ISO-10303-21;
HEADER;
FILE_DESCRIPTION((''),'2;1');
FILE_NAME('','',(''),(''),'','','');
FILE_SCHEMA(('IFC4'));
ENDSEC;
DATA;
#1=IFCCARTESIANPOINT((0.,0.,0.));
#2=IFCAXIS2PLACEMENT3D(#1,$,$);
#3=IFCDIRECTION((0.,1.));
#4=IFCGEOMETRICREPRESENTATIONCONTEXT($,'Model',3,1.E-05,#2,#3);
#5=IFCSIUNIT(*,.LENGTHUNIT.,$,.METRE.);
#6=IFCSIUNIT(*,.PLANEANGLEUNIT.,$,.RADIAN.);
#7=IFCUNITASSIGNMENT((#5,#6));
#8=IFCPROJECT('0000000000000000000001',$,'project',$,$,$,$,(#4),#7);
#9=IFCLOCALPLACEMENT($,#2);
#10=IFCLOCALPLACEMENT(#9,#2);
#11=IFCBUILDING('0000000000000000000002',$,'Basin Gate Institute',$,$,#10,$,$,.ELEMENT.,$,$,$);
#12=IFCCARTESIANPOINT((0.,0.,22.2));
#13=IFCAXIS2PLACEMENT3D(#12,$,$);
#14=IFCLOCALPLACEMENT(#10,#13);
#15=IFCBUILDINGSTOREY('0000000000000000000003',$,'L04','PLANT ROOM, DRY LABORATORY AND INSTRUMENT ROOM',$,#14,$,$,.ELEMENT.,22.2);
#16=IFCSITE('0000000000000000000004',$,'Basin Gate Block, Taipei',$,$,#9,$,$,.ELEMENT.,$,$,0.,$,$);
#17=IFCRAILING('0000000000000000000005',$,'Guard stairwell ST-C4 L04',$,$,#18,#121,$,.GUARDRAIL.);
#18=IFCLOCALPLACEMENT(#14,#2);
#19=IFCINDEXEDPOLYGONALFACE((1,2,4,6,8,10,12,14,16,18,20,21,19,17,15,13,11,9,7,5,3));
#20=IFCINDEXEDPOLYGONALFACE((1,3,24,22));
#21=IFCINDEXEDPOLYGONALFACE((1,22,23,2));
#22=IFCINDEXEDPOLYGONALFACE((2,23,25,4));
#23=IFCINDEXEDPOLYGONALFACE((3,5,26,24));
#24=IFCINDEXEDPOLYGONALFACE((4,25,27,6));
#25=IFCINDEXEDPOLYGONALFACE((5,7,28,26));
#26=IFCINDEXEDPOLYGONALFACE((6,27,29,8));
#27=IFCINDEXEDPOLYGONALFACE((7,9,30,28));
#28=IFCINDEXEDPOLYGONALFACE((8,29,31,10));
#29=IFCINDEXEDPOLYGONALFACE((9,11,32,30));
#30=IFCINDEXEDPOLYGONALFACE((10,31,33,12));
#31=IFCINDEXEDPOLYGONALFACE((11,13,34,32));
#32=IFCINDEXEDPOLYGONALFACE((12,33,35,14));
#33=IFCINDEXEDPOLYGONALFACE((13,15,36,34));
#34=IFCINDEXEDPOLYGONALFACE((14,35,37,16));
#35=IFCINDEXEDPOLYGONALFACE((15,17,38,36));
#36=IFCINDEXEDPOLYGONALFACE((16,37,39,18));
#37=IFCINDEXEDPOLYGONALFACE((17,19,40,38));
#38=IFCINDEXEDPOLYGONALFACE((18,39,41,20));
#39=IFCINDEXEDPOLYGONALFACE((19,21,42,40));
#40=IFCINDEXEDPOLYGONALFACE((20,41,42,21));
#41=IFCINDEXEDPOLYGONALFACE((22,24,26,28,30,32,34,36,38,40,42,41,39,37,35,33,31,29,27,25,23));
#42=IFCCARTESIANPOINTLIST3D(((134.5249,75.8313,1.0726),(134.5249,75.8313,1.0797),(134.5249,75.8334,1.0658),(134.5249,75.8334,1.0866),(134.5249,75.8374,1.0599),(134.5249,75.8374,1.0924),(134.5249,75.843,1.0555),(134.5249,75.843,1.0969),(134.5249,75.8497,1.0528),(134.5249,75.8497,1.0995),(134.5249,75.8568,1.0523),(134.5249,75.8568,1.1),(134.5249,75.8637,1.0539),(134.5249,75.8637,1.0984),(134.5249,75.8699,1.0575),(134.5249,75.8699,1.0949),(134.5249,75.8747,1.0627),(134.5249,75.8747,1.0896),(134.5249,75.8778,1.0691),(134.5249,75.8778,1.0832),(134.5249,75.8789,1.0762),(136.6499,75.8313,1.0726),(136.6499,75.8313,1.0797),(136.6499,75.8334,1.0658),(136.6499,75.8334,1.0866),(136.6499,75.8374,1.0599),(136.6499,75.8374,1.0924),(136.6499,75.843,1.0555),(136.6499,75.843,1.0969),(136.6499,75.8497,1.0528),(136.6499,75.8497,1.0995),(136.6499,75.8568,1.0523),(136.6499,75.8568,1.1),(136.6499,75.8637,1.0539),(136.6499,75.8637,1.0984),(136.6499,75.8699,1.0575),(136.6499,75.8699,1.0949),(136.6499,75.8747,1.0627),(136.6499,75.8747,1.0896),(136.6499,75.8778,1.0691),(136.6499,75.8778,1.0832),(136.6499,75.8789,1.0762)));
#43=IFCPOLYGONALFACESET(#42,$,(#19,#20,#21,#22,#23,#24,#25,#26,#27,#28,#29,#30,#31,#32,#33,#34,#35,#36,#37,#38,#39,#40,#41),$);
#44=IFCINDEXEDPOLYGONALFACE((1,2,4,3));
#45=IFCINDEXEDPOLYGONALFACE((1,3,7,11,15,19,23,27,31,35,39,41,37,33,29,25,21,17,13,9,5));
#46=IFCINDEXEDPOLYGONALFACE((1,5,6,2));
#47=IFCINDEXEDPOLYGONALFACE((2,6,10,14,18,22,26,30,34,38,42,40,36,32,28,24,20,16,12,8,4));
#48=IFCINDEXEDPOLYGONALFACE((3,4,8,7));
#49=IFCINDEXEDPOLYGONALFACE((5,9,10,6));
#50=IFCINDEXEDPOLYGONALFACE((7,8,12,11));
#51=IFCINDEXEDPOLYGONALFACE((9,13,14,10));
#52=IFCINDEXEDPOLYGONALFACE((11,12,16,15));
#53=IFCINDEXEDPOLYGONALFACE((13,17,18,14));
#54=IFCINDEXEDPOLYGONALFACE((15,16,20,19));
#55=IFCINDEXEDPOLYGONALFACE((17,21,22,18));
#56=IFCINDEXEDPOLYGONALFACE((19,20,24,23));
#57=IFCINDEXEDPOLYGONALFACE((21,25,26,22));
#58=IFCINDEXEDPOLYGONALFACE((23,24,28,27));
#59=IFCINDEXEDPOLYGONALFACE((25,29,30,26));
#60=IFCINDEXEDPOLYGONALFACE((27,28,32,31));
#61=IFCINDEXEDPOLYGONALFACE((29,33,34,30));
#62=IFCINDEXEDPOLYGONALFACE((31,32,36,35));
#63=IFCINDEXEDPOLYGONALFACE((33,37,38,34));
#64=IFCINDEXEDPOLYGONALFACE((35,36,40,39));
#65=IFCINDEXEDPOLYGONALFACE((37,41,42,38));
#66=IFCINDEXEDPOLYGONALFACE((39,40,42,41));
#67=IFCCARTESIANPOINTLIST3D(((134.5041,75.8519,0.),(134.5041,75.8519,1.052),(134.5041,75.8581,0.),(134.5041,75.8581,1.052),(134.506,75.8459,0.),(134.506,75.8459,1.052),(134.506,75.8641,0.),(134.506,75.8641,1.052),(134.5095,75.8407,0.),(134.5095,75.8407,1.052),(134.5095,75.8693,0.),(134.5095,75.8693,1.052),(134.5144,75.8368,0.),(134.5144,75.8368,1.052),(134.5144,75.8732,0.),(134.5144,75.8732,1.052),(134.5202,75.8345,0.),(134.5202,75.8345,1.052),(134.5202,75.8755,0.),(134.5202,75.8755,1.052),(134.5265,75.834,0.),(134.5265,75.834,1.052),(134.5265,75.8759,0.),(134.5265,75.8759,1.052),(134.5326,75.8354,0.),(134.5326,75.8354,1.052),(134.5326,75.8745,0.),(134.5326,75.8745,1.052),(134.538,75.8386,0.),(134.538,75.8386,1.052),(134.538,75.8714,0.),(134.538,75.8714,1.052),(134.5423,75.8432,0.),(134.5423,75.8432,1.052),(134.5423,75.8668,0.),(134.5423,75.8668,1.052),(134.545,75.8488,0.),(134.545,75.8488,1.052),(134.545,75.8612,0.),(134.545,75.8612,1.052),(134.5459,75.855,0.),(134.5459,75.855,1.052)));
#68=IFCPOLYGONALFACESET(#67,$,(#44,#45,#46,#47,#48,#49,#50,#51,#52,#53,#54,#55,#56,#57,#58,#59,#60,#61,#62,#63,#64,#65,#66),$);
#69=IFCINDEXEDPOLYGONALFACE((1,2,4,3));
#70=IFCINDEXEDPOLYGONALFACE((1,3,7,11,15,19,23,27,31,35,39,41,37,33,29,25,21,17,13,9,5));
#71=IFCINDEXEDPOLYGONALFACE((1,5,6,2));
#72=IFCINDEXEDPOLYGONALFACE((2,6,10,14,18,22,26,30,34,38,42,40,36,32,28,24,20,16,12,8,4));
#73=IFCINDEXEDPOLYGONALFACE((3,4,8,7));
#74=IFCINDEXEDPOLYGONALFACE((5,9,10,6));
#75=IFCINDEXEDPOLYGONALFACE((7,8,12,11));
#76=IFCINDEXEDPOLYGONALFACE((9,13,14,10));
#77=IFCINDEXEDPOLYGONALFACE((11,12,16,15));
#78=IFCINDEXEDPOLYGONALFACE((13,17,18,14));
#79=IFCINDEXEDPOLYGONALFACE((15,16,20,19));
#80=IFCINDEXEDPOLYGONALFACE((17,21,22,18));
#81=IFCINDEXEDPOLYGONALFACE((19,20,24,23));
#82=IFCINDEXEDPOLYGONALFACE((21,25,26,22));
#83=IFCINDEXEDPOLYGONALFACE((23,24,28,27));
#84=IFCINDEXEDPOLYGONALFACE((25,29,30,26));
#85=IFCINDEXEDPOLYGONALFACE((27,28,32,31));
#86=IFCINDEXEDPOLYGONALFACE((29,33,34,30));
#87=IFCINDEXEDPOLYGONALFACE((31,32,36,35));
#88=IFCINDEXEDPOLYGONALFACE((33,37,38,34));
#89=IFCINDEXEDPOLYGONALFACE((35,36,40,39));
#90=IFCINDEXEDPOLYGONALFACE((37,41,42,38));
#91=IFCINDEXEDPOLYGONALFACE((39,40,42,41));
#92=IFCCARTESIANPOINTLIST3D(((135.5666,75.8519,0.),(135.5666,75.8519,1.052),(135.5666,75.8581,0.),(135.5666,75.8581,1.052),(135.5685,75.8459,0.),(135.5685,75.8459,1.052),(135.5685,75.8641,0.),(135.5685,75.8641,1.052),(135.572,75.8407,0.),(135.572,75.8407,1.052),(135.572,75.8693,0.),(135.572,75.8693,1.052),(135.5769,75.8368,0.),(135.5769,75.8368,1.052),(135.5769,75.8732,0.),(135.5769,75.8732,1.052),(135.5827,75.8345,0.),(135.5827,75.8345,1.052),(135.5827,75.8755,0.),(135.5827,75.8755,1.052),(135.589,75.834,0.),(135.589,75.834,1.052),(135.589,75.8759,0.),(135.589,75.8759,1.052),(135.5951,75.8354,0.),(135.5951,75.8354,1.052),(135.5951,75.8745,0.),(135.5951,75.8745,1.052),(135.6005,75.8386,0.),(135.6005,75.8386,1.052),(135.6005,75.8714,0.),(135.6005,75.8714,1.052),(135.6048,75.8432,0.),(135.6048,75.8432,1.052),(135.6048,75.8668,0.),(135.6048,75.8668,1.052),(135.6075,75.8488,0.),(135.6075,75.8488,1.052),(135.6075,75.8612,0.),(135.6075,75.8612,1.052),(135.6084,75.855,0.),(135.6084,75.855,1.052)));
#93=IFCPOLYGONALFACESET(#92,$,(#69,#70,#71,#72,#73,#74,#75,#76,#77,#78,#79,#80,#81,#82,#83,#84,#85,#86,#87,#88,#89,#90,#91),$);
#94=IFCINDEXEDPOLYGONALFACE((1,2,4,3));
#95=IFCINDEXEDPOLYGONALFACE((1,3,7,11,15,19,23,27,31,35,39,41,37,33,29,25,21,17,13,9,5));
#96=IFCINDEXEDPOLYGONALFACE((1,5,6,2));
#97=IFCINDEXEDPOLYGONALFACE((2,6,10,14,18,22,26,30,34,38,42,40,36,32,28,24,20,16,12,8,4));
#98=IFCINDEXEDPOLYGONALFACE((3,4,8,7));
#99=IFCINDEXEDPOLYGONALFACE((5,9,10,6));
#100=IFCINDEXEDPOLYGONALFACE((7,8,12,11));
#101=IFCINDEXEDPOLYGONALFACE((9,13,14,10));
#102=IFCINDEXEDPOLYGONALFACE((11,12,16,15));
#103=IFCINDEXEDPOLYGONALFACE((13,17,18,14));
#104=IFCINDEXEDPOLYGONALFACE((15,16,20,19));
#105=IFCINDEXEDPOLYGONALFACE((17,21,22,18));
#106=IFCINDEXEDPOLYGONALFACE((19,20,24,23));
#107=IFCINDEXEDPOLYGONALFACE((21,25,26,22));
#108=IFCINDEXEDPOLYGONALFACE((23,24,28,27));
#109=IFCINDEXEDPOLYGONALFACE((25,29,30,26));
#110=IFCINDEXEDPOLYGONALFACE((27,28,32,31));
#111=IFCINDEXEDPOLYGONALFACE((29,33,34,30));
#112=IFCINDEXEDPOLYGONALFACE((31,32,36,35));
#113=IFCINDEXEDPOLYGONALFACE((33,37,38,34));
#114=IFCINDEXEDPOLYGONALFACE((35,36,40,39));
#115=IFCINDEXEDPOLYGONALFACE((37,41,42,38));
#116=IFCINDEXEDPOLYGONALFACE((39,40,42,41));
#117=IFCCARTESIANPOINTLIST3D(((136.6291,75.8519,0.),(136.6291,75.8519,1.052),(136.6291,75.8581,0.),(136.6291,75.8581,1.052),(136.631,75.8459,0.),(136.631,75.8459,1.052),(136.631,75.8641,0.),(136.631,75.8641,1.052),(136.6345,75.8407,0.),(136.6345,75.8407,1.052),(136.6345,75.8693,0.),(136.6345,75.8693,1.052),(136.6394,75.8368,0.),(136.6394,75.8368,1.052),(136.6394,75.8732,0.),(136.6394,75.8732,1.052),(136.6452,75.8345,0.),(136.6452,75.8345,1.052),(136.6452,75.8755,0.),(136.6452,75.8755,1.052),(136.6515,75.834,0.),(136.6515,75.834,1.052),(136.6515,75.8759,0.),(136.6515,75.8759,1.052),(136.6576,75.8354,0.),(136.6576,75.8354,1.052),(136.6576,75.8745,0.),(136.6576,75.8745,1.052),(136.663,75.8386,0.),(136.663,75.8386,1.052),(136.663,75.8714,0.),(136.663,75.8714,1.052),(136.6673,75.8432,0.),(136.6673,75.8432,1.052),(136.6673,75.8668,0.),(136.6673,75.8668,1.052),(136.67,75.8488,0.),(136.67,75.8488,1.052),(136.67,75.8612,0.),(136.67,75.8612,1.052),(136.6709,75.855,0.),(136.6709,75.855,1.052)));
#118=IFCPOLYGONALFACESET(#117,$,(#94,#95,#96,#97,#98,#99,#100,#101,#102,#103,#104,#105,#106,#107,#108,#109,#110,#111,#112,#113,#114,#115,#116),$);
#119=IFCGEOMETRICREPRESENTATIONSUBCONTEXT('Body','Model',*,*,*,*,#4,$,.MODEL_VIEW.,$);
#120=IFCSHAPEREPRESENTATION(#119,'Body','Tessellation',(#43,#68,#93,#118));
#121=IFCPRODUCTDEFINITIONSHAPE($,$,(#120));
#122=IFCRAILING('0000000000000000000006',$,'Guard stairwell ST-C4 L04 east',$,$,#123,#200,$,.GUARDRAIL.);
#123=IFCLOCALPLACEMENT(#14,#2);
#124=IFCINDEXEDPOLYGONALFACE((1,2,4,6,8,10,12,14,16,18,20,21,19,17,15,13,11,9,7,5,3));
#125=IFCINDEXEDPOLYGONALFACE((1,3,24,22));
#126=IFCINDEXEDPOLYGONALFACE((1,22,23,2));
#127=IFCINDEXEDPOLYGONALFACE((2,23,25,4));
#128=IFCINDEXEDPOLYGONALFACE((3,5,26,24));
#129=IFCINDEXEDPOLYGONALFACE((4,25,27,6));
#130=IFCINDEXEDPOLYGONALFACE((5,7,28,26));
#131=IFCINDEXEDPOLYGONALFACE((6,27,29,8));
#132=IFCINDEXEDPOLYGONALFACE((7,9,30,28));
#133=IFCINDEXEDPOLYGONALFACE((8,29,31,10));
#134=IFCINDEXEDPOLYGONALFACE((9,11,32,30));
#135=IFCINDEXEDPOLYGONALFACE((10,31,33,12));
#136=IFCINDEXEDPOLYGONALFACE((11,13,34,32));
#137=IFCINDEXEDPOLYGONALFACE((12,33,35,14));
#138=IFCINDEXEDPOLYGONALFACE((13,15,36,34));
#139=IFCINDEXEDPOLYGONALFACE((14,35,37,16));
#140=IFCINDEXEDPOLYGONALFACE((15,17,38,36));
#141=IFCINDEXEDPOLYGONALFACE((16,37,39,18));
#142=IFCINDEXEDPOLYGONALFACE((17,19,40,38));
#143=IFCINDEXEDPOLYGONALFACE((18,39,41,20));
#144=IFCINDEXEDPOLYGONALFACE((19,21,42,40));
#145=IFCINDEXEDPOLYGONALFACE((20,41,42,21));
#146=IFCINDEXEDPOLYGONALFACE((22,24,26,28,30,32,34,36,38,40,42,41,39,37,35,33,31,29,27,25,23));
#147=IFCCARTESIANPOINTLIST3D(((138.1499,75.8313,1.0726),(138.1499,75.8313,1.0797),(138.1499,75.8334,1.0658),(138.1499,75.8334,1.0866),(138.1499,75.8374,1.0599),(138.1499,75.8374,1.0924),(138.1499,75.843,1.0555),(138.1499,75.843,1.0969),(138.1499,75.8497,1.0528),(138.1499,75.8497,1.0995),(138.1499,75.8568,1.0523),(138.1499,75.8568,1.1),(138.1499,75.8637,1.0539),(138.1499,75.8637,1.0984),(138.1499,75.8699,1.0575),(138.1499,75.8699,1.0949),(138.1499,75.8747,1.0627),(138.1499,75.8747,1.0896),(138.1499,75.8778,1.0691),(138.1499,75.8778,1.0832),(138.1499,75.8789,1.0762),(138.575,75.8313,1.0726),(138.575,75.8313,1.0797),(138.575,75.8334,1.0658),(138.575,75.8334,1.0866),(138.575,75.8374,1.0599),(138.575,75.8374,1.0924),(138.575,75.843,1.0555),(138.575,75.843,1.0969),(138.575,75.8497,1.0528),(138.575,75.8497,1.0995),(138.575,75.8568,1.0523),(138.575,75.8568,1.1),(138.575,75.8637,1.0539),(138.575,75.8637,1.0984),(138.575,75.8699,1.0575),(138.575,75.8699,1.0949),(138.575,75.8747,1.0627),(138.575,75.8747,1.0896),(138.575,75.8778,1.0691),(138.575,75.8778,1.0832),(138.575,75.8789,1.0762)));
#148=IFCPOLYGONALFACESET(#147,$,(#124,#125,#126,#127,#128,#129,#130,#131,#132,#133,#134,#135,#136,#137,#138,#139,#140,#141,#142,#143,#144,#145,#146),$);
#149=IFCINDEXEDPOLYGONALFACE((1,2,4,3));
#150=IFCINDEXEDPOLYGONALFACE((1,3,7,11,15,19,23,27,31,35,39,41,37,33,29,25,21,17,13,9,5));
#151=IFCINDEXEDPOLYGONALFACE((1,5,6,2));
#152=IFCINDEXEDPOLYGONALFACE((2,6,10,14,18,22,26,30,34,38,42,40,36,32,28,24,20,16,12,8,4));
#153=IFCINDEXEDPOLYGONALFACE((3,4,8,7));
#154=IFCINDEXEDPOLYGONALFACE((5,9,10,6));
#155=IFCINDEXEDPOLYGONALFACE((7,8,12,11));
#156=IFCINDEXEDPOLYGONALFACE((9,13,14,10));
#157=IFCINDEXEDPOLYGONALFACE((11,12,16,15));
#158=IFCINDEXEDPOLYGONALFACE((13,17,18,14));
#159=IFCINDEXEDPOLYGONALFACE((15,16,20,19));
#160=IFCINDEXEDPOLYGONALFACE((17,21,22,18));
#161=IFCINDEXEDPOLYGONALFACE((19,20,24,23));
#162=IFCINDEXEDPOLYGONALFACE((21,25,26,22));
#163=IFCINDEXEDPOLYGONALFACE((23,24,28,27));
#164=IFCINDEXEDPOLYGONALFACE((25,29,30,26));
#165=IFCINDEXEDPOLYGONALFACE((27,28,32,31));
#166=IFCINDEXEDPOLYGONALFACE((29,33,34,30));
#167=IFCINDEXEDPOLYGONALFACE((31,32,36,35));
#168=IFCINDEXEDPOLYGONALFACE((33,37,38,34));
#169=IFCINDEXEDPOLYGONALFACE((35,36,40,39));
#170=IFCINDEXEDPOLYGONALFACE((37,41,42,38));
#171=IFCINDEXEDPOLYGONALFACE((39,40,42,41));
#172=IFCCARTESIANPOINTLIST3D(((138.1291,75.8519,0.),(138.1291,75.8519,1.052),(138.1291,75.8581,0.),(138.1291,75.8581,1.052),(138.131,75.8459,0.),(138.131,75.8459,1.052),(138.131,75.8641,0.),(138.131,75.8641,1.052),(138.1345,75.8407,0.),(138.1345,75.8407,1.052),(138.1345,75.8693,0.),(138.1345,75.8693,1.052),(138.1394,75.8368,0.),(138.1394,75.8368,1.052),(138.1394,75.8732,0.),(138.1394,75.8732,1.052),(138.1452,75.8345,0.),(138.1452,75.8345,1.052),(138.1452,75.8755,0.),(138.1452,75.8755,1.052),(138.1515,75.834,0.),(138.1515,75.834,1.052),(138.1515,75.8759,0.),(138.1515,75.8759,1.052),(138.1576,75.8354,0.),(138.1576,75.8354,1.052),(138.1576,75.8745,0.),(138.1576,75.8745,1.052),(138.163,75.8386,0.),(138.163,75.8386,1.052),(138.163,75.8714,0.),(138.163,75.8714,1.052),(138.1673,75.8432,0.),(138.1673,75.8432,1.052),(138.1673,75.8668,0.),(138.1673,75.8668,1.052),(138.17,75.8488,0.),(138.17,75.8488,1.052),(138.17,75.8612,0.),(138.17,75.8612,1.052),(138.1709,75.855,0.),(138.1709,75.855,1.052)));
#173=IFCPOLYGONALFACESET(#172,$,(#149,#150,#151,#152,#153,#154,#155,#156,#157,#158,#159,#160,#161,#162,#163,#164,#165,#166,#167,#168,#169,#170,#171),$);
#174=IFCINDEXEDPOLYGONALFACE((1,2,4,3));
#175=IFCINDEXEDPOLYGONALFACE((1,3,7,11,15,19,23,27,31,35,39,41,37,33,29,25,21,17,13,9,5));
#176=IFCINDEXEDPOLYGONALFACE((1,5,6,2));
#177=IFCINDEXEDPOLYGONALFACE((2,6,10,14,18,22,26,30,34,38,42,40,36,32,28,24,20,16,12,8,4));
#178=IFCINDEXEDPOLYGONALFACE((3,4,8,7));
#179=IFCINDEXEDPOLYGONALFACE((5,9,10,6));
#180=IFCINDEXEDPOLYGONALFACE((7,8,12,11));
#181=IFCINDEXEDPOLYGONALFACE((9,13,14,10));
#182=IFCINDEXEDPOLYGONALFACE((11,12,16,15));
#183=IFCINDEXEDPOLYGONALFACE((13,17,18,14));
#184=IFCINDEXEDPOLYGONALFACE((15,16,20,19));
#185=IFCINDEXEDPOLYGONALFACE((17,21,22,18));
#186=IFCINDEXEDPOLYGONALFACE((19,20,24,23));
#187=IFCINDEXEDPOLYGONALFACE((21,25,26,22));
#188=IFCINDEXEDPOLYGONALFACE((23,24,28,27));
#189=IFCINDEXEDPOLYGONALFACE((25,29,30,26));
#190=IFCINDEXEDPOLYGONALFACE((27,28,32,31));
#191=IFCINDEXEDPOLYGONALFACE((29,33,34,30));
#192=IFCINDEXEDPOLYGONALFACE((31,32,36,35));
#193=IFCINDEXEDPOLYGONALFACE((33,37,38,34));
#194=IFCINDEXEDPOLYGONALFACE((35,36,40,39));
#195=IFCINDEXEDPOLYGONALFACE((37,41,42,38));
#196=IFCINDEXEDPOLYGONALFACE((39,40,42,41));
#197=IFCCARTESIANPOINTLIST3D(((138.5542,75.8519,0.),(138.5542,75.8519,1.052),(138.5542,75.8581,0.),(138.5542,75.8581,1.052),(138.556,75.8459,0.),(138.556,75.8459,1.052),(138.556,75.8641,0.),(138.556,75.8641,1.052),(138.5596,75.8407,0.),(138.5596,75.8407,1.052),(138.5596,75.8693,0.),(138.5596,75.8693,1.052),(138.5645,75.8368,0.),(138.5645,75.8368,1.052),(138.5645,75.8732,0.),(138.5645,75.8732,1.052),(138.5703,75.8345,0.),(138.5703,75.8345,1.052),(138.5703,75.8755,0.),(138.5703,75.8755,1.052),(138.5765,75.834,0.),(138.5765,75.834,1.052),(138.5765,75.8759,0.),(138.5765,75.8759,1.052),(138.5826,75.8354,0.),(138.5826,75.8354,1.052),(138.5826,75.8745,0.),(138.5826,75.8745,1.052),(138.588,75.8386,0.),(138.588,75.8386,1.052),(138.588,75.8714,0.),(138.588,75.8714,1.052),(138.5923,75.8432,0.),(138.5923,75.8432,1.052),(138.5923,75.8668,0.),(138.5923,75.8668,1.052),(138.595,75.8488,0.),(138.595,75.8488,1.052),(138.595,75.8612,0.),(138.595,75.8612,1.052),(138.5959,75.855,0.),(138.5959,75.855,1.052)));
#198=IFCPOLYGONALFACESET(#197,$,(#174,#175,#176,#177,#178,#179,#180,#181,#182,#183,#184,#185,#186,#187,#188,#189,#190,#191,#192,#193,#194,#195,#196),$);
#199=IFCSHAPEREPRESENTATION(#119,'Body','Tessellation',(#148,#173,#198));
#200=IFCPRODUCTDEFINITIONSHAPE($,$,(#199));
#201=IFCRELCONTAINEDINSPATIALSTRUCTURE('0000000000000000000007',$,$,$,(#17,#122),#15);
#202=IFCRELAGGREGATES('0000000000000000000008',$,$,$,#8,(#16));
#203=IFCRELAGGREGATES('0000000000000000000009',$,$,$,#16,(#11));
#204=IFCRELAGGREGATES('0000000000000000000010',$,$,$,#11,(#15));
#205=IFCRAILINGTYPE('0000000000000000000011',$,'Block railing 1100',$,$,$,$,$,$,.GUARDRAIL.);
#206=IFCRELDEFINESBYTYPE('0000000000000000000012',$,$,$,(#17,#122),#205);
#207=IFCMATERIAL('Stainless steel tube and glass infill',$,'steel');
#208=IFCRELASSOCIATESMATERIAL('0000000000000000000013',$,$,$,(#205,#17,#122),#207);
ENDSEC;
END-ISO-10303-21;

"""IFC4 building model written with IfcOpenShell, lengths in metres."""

from ifc_helpers import new_model, si_unit, direction, frame, origin, origin_2d, place, context, subcontext, project, spatial, circle, extrude, material, type_object, element, save


model = new_model("IFC4")

# Units and contexts
model_context = context("Model", 3, precision=1e-05, world=origin(), true_north=direction((0.0, 1.0)))
body_context = subcontext(model_context, "Body", "Model", "MODEL_VIEW")
ifc_project = project(units=[si_unit("LENGTHUNIT", "METRE"), si_unit("PLANEANGLEUNIT", "RADIAN")], contexts=[model_context])

# Site, building, storey
site_placement = place(None, origin())
site = spatial("IfcSite", under=ifc_project, at=site_placement, Name="Basin Gate Block, Taipei", CompositionType="ELEMENT", RefElevation=0.0)
building_placement = place(site_placement, origin())
building = spatial("IfcBuilding", under=site, at=building_placement, Name="Basin Gate Institute", CompositionType="ELEMENT")
storey_placement = place(building_placement, frame((0.0, 0.0, 22.2)))
storey = spatial("IfcBuildingStorey", under=building, at=storey_placement, Name="L04", Description="PLANT ROOM, DRY LABORATORY AND INSTRUMENT ROOM", CompositionType="ELEMENT", Elevation=22.2)

# Railings
ifc_material_1 = material(Name="Stainless steel tube and glass infill", Category="steel")
railing_type = type_object("IfcRailingType", Name="Block railing 1100", PredefinedType="GUARDRAIL", material=ifc_material_1)
railing_1_placement = place(storey_placement, frame((134.5249, 75.855, 0.0)))
element("IfcRailing", 1, at=railing_1_placement, inside=storey, type_object=railing_type, material=ifc_material_1, Name="Guard stairwell ST-C4 L04", PredefinedType="GUARDRAIL", context=body_context, shape_type="SweptSolid", body=[
    extrude(circle(Radius=0.0239, at=origin_2d()), frame((0.0, 0.0, 1.0762), z_axis=(1.0, 0.0, 0.0), x_axis=(0.0, 1.0, 0.0)), (0.0, 0.0, 1.0), 2.125),
    extrude(circle(Radius=0.021, at=origin_2d()), origin(), (0.0, 0.0, 1.0), 1.052),
    extrude(circle(Radius=0.021, at=origin_2d()), frame((1.0625, 0.0, 0.0)), (0.0, 0.0, 1.0), 1.052),
    extrude(circle(Radius=0.021, at=origin_2d()), frame((2.125, 0.0, 0.0)), (0.0, 0.0, 1.0), 1.052),
])
railing_2_placement = place(storey_placement, frame((138.1499, 75.855, 0.0)))
element("IfcRailing", 2, at=railing_2_placement, inside=storey, type_object=railing_type, material=ifc_material_1, Name="Guard stairwell ST-C4 L04 east", PredefinedType="GUARDRAIL", context=body_context, shape_type="SweptSolid", body=[
    extrude(circle(Radius=0.0239, at=origin_2d()), frame((0.0, 0.0, 1.0762), z_axis=(1.0, 0.0, 0.0), x_axis=(0.0, 1.0, 0.0)), (0.0, 0.0, 1.0), 0.425),
    extrude(circle(Radius=0.021, at=origin_2d()), origin(), (0.0, 0.0, 1.0), 1.052),
    extrude(circle(Radius=0.021, at=origin_2d()), frame((0.425, 0.0, 0.0)), (0.0, 0.0, 1.0), 1.052),
])

save(model, "model.ifc")
